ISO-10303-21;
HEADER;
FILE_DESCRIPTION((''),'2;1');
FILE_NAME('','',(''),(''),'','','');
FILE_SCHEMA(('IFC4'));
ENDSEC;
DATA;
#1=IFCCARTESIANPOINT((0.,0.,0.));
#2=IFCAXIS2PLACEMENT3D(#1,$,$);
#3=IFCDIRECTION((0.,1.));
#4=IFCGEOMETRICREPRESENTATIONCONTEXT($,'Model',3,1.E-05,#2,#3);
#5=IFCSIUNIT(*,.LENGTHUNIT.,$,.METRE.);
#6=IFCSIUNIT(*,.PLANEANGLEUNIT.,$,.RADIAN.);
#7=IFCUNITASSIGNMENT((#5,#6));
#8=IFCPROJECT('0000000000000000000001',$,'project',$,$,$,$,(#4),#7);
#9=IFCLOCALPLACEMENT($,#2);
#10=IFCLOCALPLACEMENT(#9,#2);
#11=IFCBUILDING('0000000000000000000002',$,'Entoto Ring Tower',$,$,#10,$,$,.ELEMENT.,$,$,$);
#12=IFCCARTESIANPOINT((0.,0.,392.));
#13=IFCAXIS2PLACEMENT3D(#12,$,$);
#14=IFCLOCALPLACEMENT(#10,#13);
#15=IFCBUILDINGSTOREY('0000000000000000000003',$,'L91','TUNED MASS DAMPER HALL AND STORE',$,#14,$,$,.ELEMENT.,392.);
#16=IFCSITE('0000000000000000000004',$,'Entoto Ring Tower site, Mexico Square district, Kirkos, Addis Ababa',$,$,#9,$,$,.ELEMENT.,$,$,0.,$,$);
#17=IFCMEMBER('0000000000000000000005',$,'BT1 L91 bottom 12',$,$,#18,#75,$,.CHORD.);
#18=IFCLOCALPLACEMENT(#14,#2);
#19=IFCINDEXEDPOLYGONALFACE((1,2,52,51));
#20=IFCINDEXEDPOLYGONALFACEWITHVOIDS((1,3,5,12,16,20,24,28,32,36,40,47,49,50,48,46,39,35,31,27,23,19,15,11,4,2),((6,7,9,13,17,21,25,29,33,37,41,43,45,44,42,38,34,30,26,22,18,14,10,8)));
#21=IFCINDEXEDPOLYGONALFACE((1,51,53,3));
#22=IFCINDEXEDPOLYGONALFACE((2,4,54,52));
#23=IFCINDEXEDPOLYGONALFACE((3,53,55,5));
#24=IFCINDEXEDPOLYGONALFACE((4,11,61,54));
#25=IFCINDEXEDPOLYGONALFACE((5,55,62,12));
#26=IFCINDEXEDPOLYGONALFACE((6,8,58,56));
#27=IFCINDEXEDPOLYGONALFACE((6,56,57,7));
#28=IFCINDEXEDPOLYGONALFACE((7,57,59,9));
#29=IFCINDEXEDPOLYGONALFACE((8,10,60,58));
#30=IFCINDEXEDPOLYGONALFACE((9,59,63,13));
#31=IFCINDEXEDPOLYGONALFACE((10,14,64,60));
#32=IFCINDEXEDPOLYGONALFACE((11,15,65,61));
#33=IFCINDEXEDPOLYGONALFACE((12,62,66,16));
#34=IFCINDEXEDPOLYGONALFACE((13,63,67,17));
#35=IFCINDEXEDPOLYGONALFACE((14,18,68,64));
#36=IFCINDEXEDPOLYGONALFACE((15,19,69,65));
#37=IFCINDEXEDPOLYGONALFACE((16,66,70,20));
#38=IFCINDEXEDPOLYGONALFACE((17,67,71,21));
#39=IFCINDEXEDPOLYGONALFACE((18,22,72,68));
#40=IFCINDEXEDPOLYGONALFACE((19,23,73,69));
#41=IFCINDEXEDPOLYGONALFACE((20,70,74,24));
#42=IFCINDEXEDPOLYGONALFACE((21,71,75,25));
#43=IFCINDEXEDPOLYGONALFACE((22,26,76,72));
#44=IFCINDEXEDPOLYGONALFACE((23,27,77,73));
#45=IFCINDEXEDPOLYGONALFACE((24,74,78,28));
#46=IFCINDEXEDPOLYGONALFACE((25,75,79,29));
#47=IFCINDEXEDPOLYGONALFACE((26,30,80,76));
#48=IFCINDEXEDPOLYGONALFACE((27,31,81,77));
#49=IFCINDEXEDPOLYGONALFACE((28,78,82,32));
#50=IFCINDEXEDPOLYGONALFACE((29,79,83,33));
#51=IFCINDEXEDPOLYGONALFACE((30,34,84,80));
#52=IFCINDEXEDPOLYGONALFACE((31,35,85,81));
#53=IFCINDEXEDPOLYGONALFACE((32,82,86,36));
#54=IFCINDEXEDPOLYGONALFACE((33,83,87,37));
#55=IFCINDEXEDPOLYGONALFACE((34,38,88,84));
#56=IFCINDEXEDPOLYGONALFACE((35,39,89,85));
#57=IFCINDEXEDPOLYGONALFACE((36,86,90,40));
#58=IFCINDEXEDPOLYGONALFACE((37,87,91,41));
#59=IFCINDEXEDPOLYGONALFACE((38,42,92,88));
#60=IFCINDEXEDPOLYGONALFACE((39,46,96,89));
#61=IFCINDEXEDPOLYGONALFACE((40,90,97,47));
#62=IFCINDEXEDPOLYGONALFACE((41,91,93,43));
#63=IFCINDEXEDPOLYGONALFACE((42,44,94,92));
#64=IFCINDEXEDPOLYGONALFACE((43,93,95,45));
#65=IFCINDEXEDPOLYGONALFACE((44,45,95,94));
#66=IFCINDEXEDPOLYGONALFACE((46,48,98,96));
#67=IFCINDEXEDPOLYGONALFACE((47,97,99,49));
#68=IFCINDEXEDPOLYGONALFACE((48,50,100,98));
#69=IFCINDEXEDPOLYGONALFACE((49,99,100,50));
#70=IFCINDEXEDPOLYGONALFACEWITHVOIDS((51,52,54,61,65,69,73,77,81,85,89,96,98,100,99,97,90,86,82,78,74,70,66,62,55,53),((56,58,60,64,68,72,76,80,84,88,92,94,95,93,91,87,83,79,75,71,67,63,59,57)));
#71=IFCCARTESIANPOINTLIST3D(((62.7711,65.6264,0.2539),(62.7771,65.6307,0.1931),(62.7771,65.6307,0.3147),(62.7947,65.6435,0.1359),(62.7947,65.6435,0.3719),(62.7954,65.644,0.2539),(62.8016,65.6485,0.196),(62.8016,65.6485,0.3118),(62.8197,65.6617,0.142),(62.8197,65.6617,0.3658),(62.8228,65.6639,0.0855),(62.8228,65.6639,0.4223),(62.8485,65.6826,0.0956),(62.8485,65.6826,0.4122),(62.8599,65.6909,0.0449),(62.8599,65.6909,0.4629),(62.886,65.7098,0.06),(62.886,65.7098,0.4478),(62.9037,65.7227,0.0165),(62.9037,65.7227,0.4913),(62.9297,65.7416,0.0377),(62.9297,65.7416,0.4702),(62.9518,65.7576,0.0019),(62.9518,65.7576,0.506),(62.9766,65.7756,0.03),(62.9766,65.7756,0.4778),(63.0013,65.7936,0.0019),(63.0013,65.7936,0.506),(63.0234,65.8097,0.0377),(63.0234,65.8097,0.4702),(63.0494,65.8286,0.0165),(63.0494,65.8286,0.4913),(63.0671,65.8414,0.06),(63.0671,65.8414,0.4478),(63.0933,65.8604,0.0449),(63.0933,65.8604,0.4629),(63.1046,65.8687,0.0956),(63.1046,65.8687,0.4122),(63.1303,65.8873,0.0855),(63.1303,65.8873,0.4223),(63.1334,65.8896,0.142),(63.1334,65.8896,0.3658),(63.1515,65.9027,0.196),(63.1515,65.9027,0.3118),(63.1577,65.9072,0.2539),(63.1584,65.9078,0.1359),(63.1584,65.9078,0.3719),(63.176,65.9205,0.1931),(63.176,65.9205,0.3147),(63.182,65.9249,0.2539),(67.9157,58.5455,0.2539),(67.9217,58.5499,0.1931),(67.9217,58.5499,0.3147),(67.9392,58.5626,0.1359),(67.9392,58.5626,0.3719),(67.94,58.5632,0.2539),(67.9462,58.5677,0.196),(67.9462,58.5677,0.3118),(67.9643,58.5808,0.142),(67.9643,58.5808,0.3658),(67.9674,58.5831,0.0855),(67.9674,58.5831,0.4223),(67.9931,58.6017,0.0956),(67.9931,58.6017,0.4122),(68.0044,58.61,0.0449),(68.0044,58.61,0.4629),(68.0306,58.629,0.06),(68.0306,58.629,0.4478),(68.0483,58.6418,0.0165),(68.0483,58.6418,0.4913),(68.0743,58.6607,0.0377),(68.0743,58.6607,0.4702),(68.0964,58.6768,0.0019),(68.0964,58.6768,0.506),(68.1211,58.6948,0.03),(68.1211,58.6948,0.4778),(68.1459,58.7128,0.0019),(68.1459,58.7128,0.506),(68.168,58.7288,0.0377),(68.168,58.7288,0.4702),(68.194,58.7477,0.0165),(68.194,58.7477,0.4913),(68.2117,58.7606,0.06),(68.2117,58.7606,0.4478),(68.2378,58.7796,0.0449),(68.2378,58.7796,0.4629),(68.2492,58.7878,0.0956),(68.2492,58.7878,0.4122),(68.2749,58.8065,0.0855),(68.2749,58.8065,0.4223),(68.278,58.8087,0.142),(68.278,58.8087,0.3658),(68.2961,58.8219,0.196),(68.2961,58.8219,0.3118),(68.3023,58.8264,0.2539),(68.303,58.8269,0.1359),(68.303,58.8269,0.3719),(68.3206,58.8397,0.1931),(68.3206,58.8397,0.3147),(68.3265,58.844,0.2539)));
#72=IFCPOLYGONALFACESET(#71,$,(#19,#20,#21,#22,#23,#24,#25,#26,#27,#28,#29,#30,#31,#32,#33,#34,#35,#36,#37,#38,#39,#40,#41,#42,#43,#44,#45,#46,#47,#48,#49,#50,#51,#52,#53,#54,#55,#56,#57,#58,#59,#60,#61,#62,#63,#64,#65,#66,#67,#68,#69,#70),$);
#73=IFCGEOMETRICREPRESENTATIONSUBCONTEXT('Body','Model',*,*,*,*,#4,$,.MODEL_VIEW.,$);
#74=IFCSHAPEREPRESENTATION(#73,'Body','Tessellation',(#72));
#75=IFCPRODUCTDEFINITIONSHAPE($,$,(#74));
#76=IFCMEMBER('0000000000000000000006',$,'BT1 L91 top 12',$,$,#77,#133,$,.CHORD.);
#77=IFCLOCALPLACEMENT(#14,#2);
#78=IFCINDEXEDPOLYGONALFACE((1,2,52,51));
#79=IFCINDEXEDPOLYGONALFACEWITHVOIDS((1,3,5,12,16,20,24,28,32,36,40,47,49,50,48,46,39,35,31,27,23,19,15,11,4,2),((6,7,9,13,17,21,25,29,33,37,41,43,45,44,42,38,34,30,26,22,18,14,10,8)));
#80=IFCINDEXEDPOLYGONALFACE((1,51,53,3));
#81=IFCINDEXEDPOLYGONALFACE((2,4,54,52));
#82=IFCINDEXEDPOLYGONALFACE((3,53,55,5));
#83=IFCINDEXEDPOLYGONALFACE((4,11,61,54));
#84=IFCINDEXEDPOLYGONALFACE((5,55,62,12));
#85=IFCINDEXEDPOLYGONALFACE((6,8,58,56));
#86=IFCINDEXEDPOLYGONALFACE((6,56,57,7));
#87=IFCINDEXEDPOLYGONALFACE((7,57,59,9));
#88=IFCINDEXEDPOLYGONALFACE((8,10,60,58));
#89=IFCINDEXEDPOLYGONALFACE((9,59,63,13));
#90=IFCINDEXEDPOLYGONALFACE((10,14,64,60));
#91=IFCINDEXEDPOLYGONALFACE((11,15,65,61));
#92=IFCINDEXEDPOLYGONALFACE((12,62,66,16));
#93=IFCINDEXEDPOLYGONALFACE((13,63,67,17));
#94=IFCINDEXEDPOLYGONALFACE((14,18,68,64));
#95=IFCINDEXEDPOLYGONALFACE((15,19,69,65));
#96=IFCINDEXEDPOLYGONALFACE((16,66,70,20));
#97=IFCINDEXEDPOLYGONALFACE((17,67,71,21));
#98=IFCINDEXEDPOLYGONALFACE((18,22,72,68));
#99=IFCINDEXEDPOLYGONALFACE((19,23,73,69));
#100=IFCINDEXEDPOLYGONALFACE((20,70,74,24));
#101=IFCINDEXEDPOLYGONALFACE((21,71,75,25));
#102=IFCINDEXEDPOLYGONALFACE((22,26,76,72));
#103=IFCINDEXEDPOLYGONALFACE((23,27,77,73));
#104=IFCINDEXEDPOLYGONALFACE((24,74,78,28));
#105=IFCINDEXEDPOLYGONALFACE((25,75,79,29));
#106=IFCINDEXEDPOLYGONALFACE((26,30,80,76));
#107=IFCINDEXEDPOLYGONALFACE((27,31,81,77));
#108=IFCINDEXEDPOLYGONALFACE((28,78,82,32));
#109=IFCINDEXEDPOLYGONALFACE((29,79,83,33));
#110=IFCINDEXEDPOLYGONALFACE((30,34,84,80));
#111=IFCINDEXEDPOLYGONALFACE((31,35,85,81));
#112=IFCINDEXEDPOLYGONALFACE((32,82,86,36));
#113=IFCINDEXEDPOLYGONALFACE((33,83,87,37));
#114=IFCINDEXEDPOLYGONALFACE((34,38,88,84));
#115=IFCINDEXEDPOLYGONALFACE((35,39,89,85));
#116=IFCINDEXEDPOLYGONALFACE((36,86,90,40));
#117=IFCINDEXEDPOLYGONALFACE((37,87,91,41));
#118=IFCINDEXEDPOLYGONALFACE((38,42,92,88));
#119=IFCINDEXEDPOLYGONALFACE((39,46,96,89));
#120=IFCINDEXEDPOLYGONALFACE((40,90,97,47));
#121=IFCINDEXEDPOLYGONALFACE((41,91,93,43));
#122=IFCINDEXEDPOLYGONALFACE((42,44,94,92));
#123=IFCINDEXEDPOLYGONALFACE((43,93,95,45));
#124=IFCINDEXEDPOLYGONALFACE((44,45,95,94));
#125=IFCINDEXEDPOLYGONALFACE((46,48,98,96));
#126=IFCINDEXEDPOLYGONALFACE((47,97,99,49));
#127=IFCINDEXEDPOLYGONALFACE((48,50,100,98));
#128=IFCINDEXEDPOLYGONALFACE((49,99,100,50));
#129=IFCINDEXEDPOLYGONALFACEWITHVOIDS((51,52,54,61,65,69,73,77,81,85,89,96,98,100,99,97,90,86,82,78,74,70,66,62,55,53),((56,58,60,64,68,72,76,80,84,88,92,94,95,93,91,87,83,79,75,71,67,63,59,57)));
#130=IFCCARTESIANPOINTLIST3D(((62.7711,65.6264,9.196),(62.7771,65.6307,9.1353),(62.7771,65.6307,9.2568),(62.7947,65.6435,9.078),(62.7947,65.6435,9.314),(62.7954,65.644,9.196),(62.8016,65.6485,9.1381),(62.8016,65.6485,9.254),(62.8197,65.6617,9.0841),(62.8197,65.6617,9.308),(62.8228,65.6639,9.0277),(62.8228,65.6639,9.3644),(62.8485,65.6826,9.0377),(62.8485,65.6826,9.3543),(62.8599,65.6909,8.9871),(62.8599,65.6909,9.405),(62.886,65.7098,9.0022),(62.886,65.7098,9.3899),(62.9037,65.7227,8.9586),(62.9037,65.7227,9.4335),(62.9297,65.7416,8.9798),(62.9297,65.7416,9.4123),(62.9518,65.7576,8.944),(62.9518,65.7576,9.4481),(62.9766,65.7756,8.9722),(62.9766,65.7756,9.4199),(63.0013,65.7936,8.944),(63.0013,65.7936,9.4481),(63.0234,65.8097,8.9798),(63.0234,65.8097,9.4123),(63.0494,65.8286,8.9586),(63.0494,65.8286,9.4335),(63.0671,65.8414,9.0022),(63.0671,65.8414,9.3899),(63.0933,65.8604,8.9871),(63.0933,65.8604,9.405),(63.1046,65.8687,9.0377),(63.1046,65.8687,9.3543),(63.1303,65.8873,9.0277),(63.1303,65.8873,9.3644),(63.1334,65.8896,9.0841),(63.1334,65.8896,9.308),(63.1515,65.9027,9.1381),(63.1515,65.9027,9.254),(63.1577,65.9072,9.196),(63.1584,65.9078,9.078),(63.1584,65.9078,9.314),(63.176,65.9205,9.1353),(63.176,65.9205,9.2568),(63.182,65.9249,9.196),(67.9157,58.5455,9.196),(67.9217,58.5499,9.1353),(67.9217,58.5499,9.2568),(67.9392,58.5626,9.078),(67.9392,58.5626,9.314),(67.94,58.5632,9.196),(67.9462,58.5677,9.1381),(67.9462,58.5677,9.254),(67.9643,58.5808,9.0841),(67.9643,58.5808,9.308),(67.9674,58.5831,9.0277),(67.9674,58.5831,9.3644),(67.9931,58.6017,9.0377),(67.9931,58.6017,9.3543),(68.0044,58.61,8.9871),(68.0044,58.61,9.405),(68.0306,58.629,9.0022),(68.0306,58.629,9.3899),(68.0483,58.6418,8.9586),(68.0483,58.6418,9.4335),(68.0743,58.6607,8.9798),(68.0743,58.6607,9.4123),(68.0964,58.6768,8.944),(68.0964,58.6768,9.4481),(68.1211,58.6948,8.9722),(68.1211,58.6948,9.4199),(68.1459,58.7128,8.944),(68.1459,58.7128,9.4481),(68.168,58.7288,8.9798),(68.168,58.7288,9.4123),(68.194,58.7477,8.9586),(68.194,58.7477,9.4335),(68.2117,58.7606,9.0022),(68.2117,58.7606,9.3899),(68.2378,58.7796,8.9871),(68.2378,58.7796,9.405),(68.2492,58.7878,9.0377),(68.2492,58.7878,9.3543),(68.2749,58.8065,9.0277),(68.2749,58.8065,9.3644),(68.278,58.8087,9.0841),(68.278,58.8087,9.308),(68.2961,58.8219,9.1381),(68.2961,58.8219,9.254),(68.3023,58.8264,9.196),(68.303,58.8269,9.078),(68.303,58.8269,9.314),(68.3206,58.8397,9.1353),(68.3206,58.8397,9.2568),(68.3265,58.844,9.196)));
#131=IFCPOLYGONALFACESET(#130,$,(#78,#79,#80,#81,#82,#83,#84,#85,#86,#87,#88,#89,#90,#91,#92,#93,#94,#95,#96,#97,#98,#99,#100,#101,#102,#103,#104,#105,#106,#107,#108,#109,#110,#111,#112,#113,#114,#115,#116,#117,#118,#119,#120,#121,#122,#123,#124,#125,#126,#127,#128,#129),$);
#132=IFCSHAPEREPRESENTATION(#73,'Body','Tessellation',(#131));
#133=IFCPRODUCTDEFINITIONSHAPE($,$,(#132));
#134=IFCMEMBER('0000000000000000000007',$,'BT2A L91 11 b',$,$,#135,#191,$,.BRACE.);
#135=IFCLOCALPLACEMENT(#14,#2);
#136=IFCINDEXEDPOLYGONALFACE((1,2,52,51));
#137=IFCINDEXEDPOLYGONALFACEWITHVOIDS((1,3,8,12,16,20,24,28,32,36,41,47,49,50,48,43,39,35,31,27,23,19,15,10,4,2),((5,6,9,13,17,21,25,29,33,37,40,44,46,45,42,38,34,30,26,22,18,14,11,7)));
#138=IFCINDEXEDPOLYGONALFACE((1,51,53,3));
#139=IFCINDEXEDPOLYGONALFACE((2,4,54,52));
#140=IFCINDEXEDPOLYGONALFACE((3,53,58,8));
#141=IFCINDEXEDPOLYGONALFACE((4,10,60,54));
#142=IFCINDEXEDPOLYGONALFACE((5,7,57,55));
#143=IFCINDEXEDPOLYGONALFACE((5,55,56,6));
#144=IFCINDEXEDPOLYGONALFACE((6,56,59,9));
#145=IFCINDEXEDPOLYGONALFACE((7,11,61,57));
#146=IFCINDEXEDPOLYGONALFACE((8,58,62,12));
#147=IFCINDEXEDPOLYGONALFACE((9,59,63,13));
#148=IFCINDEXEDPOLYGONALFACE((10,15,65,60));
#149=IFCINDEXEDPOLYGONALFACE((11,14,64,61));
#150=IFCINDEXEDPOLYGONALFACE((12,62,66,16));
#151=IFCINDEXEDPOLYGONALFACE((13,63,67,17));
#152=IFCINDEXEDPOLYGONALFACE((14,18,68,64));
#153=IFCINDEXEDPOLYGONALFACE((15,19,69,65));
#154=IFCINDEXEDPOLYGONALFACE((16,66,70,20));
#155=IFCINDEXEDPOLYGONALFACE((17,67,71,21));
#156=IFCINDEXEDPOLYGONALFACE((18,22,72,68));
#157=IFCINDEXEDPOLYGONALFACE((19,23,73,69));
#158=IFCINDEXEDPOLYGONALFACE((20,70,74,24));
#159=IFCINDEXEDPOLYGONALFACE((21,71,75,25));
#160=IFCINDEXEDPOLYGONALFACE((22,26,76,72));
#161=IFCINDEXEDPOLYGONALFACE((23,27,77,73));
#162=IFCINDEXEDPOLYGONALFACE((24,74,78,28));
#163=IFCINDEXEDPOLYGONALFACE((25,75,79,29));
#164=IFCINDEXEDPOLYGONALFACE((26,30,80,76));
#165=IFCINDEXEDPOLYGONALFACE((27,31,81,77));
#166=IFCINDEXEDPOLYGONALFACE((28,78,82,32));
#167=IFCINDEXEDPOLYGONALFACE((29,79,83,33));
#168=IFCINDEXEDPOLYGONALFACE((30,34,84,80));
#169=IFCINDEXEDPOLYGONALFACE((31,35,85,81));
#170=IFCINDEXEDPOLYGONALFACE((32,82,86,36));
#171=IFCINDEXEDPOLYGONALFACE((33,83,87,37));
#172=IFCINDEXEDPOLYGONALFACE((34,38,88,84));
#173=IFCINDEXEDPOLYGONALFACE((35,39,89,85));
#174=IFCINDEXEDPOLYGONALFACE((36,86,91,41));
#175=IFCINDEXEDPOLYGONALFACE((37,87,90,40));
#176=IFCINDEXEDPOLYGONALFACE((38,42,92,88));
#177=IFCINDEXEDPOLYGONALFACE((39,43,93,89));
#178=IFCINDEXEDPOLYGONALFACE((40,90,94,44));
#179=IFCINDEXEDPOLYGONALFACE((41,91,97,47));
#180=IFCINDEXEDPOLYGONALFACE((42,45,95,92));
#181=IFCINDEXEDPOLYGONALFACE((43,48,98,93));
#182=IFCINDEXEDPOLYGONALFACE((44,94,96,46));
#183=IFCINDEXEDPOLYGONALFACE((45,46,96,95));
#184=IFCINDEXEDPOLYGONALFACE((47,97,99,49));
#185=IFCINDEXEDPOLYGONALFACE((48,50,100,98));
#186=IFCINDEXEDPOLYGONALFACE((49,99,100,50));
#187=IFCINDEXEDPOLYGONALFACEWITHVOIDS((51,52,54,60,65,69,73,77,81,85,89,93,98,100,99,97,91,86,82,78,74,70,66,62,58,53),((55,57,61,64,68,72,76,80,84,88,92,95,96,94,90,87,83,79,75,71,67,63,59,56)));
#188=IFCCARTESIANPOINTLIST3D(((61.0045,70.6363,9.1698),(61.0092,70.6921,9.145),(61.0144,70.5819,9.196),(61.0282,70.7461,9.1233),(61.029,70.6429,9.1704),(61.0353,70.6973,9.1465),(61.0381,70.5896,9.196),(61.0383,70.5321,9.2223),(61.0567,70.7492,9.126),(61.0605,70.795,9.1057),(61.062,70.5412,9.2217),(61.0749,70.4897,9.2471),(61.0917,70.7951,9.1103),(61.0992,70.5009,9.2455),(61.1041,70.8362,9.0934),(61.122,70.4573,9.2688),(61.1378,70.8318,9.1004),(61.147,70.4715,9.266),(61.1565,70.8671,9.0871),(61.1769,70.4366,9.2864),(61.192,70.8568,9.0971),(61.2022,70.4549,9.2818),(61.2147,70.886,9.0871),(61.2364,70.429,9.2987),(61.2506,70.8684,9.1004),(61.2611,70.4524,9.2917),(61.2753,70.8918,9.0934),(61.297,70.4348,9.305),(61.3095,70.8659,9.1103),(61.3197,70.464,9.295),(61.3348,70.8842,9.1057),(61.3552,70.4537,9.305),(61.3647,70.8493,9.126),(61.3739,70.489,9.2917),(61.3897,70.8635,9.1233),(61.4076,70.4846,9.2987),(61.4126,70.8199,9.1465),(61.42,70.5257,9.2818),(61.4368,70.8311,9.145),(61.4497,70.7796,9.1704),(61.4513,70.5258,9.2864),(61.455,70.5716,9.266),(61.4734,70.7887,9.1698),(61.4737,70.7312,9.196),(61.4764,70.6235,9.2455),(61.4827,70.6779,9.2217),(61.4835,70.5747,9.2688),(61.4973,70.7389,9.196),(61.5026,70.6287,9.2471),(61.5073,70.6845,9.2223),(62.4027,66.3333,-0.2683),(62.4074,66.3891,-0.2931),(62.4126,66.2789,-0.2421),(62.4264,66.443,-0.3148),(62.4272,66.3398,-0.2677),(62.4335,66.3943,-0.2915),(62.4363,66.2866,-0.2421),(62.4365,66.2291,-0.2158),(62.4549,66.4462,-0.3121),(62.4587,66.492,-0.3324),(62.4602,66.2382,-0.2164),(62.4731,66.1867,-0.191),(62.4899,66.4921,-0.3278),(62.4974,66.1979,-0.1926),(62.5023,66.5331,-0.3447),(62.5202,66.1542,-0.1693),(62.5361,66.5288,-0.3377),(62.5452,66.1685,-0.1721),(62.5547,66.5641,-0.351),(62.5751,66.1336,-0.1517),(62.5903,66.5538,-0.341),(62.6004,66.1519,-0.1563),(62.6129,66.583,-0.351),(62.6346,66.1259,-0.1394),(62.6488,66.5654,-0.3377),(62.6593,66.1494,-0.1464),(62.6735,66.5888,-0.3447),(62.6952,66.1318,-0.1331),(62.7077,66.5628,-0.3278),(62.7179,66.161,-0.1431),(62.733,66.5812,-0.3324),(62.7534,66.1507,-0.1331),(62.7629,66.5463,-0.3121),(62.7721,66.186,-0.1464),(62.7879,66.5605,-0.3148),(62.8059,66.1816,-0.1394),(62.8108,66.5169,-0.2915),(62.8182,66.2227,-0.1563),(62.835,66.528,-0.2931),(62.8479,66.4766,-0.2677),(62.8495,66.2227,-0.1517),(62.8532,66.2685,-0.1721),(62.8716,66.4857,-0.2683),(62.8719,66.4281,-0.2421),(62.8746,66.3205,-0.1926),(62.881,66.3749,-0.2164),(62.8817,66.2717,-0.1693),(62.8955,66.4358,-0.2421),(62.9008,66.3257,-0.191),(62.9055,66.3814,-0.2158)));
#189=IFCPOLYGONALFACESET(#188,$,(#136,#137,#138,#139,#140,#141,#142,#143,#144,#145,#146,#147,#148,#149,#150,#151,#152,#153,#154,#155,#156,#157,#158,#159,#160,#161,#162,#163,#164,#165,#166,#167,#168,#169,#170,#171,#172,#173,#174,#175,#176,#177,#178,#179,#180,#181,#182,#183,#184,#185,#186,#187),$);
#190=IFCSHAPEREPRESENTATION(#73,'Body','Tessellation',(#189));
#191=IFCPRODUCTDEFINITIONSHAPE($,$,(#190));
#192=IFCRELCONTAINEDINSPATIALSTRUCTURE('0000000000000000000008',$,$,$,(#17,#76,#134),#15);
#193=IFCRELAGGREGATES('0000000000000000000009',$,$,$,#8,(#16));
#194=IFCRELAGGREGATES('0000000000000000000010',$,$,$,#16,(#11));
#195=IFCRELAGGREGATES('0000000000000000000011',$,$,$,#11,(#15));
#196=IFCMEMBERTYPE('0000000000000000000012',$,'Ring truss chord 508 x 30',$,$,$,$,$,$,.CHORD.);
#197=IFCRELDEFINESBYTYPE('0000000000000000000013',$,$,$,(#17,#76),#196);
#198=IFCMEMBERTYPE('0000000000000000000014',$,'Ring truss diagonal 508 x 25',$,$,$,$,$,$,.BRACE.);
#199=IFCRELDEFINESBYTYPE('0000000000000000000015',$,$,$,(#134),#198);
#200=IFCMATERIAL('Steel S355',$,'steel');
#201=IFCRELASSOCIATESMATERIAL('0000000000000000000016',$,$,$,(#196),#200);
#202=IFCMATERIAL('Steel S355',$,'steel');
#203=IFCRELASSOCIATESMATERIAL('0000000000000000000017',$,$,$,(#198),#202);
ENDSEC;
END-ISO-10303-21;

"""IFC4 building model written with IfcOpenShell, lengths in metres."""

from ifc_helpers import new_model, si_unit, direction, frame, origin, origin_2d, place, context, subcontext, project, spatial, circle, hollow_circle, extrude, material, material_profile, profile_set, type_object, element, save


model = new_model("IFC4")

# Units and contexts
model_context = context("Model", 3, precision=1e-05, world=origin(), true_north=direction((0.0, 1.0)))
body_context = subcontext(model_context, "Body", "Model", "MODEL_VIEW")
ifc_project = project(units=[si_unit("LENGTHUNIT", "METRE"), si_unit("PLANEANGLEUNIT", "RADIAN")], contexts=[model_context])

# Site, building, storey
site_placement = place(None, origin())
site = spatial("IfcSite", under=ifc_project, at=site_placement, Name="Entoto Ring Tower site, Mexico Square district, Kirkos, Addis Ababa", CompositionType="ELEMENT", RefElevation=0.0)
building_placement = place(site_placement, origin())
building = spatial("IfcBuilding", under=site, at=building_placement, Name="Entoto Ring Tower", CompositionType="ELEMENT")
storey_placement = place(building_placement, frame((0.0, 0.0, 392.0)))
storey = spatial("IfcBuildingStorey", under=building, at=storey_placement, Name="L91", Description="TUNED MASS DAMPER HALL AND STORE", CompositionType="ELEMENT", Elevation=392.0)

# Members
ifc_material_1 = material(Name="Steel S355", Category="steel")
ifc_material_profile_1 = material_profile(ifc_material_1, hollow_circle(Radius=0.2539, WallThickness=0.03, at=origin_2d()), Name="CHS 508 x 30")
ifc_material_2 = material(Name="Concrete C60/75", Category="concrete")
ifc_material_profile_2 = material_profile(ifc_material_2, circle(Radius=0.2241, at=origin_2d()), Name="Concrete C60/75 infill")
ifc_profile_set_1 = profile_set([ifc_material_profile_1, ifc_material_profile_2], Name="Steel S355")
member_type_1 = type_object("IfcMemberType", Name="Ring truss chord 508 x 30", PredefinedType="CHORD", material=ifc_profile_set_1)
for number, where, z_axis, x_axis, name in (
    (1, (62.9766, 65.7756, 0.2539), (0.587787, -0.809016, 0.0), (0.809016, 0.587787, 0.0), "BT1 L91 bottom 12"),
    (2, (62.9766, 65.7756, 9.196), (0.587787, -0.809016, 0.0), (0.809016, 0.587787, 0.0), "BT1 L91 top 12"),
):
    element("IfcMember", number, at=place(storey_placement, frame(where, z_axis=z_axis, x_axis=x_axis)), inside=storey, type_object=member_type_1, Name=name, PredefinedType="CHORD", context=body_context, shape_type="SweptSolid", body=[
        extrude(hollow_circle(Radius=0.2539, WallThickness=0.03, at=origin_2d()), origin(), (0.0, 0.0, 1.0), 8.7524),
    ])
ifc_material_3 = material(Name="Steel S355", Category="steel")
ifc_material_profile_3 = material_profile(ifc_material_3, hollow_circle(Radius=0.2539, WallThickness=0.0249, at=origin_2d()), Name="CHS 508 x 25")
ifc_material_4 = material(Name="Concrete C60/75", Category="concrete")
ifc_material_profile_4 = material_profile(ifc_material_4, circle(Radius=0.229, at=origin_2d()), Name="Concrete C60/75 infill")
ifc_profile_set_2 = profile_set([ifc_material_profile_3, ifc_material_profile_4], Name="Steel S355")
member_type_2 = type_object("IfcMemberType", Name="Ring truss diagonal 508 x 25", PredefinedType="BRACE", material=ifc_profile_set_2)
for number, where, z_axis, x_axis, name in (
    (3, (61.2559, 70.6604, 9.196), (0.133588, -0.411122, -0.901739), (0.951052, 0.309031, 0.0), "BT2A L91 11 b"),
):
    element("IfcMember", number, at=place(storey_placement, frame(where, z_axis=z_axis, x_axis=x_axis)), inside=storey, type_object=member_type_2, Name=name, PredefinedType="BRACE", context=body_context, shape_type="SweptSolid", body=[
        extrude(hollow_circle(Radius=0.2539, WallThickness=0.0249, at=origin_2d()), origin(), (0.0, 0.0, 1.0), 10.4666),
    ])

save(model, "model.ifc")
